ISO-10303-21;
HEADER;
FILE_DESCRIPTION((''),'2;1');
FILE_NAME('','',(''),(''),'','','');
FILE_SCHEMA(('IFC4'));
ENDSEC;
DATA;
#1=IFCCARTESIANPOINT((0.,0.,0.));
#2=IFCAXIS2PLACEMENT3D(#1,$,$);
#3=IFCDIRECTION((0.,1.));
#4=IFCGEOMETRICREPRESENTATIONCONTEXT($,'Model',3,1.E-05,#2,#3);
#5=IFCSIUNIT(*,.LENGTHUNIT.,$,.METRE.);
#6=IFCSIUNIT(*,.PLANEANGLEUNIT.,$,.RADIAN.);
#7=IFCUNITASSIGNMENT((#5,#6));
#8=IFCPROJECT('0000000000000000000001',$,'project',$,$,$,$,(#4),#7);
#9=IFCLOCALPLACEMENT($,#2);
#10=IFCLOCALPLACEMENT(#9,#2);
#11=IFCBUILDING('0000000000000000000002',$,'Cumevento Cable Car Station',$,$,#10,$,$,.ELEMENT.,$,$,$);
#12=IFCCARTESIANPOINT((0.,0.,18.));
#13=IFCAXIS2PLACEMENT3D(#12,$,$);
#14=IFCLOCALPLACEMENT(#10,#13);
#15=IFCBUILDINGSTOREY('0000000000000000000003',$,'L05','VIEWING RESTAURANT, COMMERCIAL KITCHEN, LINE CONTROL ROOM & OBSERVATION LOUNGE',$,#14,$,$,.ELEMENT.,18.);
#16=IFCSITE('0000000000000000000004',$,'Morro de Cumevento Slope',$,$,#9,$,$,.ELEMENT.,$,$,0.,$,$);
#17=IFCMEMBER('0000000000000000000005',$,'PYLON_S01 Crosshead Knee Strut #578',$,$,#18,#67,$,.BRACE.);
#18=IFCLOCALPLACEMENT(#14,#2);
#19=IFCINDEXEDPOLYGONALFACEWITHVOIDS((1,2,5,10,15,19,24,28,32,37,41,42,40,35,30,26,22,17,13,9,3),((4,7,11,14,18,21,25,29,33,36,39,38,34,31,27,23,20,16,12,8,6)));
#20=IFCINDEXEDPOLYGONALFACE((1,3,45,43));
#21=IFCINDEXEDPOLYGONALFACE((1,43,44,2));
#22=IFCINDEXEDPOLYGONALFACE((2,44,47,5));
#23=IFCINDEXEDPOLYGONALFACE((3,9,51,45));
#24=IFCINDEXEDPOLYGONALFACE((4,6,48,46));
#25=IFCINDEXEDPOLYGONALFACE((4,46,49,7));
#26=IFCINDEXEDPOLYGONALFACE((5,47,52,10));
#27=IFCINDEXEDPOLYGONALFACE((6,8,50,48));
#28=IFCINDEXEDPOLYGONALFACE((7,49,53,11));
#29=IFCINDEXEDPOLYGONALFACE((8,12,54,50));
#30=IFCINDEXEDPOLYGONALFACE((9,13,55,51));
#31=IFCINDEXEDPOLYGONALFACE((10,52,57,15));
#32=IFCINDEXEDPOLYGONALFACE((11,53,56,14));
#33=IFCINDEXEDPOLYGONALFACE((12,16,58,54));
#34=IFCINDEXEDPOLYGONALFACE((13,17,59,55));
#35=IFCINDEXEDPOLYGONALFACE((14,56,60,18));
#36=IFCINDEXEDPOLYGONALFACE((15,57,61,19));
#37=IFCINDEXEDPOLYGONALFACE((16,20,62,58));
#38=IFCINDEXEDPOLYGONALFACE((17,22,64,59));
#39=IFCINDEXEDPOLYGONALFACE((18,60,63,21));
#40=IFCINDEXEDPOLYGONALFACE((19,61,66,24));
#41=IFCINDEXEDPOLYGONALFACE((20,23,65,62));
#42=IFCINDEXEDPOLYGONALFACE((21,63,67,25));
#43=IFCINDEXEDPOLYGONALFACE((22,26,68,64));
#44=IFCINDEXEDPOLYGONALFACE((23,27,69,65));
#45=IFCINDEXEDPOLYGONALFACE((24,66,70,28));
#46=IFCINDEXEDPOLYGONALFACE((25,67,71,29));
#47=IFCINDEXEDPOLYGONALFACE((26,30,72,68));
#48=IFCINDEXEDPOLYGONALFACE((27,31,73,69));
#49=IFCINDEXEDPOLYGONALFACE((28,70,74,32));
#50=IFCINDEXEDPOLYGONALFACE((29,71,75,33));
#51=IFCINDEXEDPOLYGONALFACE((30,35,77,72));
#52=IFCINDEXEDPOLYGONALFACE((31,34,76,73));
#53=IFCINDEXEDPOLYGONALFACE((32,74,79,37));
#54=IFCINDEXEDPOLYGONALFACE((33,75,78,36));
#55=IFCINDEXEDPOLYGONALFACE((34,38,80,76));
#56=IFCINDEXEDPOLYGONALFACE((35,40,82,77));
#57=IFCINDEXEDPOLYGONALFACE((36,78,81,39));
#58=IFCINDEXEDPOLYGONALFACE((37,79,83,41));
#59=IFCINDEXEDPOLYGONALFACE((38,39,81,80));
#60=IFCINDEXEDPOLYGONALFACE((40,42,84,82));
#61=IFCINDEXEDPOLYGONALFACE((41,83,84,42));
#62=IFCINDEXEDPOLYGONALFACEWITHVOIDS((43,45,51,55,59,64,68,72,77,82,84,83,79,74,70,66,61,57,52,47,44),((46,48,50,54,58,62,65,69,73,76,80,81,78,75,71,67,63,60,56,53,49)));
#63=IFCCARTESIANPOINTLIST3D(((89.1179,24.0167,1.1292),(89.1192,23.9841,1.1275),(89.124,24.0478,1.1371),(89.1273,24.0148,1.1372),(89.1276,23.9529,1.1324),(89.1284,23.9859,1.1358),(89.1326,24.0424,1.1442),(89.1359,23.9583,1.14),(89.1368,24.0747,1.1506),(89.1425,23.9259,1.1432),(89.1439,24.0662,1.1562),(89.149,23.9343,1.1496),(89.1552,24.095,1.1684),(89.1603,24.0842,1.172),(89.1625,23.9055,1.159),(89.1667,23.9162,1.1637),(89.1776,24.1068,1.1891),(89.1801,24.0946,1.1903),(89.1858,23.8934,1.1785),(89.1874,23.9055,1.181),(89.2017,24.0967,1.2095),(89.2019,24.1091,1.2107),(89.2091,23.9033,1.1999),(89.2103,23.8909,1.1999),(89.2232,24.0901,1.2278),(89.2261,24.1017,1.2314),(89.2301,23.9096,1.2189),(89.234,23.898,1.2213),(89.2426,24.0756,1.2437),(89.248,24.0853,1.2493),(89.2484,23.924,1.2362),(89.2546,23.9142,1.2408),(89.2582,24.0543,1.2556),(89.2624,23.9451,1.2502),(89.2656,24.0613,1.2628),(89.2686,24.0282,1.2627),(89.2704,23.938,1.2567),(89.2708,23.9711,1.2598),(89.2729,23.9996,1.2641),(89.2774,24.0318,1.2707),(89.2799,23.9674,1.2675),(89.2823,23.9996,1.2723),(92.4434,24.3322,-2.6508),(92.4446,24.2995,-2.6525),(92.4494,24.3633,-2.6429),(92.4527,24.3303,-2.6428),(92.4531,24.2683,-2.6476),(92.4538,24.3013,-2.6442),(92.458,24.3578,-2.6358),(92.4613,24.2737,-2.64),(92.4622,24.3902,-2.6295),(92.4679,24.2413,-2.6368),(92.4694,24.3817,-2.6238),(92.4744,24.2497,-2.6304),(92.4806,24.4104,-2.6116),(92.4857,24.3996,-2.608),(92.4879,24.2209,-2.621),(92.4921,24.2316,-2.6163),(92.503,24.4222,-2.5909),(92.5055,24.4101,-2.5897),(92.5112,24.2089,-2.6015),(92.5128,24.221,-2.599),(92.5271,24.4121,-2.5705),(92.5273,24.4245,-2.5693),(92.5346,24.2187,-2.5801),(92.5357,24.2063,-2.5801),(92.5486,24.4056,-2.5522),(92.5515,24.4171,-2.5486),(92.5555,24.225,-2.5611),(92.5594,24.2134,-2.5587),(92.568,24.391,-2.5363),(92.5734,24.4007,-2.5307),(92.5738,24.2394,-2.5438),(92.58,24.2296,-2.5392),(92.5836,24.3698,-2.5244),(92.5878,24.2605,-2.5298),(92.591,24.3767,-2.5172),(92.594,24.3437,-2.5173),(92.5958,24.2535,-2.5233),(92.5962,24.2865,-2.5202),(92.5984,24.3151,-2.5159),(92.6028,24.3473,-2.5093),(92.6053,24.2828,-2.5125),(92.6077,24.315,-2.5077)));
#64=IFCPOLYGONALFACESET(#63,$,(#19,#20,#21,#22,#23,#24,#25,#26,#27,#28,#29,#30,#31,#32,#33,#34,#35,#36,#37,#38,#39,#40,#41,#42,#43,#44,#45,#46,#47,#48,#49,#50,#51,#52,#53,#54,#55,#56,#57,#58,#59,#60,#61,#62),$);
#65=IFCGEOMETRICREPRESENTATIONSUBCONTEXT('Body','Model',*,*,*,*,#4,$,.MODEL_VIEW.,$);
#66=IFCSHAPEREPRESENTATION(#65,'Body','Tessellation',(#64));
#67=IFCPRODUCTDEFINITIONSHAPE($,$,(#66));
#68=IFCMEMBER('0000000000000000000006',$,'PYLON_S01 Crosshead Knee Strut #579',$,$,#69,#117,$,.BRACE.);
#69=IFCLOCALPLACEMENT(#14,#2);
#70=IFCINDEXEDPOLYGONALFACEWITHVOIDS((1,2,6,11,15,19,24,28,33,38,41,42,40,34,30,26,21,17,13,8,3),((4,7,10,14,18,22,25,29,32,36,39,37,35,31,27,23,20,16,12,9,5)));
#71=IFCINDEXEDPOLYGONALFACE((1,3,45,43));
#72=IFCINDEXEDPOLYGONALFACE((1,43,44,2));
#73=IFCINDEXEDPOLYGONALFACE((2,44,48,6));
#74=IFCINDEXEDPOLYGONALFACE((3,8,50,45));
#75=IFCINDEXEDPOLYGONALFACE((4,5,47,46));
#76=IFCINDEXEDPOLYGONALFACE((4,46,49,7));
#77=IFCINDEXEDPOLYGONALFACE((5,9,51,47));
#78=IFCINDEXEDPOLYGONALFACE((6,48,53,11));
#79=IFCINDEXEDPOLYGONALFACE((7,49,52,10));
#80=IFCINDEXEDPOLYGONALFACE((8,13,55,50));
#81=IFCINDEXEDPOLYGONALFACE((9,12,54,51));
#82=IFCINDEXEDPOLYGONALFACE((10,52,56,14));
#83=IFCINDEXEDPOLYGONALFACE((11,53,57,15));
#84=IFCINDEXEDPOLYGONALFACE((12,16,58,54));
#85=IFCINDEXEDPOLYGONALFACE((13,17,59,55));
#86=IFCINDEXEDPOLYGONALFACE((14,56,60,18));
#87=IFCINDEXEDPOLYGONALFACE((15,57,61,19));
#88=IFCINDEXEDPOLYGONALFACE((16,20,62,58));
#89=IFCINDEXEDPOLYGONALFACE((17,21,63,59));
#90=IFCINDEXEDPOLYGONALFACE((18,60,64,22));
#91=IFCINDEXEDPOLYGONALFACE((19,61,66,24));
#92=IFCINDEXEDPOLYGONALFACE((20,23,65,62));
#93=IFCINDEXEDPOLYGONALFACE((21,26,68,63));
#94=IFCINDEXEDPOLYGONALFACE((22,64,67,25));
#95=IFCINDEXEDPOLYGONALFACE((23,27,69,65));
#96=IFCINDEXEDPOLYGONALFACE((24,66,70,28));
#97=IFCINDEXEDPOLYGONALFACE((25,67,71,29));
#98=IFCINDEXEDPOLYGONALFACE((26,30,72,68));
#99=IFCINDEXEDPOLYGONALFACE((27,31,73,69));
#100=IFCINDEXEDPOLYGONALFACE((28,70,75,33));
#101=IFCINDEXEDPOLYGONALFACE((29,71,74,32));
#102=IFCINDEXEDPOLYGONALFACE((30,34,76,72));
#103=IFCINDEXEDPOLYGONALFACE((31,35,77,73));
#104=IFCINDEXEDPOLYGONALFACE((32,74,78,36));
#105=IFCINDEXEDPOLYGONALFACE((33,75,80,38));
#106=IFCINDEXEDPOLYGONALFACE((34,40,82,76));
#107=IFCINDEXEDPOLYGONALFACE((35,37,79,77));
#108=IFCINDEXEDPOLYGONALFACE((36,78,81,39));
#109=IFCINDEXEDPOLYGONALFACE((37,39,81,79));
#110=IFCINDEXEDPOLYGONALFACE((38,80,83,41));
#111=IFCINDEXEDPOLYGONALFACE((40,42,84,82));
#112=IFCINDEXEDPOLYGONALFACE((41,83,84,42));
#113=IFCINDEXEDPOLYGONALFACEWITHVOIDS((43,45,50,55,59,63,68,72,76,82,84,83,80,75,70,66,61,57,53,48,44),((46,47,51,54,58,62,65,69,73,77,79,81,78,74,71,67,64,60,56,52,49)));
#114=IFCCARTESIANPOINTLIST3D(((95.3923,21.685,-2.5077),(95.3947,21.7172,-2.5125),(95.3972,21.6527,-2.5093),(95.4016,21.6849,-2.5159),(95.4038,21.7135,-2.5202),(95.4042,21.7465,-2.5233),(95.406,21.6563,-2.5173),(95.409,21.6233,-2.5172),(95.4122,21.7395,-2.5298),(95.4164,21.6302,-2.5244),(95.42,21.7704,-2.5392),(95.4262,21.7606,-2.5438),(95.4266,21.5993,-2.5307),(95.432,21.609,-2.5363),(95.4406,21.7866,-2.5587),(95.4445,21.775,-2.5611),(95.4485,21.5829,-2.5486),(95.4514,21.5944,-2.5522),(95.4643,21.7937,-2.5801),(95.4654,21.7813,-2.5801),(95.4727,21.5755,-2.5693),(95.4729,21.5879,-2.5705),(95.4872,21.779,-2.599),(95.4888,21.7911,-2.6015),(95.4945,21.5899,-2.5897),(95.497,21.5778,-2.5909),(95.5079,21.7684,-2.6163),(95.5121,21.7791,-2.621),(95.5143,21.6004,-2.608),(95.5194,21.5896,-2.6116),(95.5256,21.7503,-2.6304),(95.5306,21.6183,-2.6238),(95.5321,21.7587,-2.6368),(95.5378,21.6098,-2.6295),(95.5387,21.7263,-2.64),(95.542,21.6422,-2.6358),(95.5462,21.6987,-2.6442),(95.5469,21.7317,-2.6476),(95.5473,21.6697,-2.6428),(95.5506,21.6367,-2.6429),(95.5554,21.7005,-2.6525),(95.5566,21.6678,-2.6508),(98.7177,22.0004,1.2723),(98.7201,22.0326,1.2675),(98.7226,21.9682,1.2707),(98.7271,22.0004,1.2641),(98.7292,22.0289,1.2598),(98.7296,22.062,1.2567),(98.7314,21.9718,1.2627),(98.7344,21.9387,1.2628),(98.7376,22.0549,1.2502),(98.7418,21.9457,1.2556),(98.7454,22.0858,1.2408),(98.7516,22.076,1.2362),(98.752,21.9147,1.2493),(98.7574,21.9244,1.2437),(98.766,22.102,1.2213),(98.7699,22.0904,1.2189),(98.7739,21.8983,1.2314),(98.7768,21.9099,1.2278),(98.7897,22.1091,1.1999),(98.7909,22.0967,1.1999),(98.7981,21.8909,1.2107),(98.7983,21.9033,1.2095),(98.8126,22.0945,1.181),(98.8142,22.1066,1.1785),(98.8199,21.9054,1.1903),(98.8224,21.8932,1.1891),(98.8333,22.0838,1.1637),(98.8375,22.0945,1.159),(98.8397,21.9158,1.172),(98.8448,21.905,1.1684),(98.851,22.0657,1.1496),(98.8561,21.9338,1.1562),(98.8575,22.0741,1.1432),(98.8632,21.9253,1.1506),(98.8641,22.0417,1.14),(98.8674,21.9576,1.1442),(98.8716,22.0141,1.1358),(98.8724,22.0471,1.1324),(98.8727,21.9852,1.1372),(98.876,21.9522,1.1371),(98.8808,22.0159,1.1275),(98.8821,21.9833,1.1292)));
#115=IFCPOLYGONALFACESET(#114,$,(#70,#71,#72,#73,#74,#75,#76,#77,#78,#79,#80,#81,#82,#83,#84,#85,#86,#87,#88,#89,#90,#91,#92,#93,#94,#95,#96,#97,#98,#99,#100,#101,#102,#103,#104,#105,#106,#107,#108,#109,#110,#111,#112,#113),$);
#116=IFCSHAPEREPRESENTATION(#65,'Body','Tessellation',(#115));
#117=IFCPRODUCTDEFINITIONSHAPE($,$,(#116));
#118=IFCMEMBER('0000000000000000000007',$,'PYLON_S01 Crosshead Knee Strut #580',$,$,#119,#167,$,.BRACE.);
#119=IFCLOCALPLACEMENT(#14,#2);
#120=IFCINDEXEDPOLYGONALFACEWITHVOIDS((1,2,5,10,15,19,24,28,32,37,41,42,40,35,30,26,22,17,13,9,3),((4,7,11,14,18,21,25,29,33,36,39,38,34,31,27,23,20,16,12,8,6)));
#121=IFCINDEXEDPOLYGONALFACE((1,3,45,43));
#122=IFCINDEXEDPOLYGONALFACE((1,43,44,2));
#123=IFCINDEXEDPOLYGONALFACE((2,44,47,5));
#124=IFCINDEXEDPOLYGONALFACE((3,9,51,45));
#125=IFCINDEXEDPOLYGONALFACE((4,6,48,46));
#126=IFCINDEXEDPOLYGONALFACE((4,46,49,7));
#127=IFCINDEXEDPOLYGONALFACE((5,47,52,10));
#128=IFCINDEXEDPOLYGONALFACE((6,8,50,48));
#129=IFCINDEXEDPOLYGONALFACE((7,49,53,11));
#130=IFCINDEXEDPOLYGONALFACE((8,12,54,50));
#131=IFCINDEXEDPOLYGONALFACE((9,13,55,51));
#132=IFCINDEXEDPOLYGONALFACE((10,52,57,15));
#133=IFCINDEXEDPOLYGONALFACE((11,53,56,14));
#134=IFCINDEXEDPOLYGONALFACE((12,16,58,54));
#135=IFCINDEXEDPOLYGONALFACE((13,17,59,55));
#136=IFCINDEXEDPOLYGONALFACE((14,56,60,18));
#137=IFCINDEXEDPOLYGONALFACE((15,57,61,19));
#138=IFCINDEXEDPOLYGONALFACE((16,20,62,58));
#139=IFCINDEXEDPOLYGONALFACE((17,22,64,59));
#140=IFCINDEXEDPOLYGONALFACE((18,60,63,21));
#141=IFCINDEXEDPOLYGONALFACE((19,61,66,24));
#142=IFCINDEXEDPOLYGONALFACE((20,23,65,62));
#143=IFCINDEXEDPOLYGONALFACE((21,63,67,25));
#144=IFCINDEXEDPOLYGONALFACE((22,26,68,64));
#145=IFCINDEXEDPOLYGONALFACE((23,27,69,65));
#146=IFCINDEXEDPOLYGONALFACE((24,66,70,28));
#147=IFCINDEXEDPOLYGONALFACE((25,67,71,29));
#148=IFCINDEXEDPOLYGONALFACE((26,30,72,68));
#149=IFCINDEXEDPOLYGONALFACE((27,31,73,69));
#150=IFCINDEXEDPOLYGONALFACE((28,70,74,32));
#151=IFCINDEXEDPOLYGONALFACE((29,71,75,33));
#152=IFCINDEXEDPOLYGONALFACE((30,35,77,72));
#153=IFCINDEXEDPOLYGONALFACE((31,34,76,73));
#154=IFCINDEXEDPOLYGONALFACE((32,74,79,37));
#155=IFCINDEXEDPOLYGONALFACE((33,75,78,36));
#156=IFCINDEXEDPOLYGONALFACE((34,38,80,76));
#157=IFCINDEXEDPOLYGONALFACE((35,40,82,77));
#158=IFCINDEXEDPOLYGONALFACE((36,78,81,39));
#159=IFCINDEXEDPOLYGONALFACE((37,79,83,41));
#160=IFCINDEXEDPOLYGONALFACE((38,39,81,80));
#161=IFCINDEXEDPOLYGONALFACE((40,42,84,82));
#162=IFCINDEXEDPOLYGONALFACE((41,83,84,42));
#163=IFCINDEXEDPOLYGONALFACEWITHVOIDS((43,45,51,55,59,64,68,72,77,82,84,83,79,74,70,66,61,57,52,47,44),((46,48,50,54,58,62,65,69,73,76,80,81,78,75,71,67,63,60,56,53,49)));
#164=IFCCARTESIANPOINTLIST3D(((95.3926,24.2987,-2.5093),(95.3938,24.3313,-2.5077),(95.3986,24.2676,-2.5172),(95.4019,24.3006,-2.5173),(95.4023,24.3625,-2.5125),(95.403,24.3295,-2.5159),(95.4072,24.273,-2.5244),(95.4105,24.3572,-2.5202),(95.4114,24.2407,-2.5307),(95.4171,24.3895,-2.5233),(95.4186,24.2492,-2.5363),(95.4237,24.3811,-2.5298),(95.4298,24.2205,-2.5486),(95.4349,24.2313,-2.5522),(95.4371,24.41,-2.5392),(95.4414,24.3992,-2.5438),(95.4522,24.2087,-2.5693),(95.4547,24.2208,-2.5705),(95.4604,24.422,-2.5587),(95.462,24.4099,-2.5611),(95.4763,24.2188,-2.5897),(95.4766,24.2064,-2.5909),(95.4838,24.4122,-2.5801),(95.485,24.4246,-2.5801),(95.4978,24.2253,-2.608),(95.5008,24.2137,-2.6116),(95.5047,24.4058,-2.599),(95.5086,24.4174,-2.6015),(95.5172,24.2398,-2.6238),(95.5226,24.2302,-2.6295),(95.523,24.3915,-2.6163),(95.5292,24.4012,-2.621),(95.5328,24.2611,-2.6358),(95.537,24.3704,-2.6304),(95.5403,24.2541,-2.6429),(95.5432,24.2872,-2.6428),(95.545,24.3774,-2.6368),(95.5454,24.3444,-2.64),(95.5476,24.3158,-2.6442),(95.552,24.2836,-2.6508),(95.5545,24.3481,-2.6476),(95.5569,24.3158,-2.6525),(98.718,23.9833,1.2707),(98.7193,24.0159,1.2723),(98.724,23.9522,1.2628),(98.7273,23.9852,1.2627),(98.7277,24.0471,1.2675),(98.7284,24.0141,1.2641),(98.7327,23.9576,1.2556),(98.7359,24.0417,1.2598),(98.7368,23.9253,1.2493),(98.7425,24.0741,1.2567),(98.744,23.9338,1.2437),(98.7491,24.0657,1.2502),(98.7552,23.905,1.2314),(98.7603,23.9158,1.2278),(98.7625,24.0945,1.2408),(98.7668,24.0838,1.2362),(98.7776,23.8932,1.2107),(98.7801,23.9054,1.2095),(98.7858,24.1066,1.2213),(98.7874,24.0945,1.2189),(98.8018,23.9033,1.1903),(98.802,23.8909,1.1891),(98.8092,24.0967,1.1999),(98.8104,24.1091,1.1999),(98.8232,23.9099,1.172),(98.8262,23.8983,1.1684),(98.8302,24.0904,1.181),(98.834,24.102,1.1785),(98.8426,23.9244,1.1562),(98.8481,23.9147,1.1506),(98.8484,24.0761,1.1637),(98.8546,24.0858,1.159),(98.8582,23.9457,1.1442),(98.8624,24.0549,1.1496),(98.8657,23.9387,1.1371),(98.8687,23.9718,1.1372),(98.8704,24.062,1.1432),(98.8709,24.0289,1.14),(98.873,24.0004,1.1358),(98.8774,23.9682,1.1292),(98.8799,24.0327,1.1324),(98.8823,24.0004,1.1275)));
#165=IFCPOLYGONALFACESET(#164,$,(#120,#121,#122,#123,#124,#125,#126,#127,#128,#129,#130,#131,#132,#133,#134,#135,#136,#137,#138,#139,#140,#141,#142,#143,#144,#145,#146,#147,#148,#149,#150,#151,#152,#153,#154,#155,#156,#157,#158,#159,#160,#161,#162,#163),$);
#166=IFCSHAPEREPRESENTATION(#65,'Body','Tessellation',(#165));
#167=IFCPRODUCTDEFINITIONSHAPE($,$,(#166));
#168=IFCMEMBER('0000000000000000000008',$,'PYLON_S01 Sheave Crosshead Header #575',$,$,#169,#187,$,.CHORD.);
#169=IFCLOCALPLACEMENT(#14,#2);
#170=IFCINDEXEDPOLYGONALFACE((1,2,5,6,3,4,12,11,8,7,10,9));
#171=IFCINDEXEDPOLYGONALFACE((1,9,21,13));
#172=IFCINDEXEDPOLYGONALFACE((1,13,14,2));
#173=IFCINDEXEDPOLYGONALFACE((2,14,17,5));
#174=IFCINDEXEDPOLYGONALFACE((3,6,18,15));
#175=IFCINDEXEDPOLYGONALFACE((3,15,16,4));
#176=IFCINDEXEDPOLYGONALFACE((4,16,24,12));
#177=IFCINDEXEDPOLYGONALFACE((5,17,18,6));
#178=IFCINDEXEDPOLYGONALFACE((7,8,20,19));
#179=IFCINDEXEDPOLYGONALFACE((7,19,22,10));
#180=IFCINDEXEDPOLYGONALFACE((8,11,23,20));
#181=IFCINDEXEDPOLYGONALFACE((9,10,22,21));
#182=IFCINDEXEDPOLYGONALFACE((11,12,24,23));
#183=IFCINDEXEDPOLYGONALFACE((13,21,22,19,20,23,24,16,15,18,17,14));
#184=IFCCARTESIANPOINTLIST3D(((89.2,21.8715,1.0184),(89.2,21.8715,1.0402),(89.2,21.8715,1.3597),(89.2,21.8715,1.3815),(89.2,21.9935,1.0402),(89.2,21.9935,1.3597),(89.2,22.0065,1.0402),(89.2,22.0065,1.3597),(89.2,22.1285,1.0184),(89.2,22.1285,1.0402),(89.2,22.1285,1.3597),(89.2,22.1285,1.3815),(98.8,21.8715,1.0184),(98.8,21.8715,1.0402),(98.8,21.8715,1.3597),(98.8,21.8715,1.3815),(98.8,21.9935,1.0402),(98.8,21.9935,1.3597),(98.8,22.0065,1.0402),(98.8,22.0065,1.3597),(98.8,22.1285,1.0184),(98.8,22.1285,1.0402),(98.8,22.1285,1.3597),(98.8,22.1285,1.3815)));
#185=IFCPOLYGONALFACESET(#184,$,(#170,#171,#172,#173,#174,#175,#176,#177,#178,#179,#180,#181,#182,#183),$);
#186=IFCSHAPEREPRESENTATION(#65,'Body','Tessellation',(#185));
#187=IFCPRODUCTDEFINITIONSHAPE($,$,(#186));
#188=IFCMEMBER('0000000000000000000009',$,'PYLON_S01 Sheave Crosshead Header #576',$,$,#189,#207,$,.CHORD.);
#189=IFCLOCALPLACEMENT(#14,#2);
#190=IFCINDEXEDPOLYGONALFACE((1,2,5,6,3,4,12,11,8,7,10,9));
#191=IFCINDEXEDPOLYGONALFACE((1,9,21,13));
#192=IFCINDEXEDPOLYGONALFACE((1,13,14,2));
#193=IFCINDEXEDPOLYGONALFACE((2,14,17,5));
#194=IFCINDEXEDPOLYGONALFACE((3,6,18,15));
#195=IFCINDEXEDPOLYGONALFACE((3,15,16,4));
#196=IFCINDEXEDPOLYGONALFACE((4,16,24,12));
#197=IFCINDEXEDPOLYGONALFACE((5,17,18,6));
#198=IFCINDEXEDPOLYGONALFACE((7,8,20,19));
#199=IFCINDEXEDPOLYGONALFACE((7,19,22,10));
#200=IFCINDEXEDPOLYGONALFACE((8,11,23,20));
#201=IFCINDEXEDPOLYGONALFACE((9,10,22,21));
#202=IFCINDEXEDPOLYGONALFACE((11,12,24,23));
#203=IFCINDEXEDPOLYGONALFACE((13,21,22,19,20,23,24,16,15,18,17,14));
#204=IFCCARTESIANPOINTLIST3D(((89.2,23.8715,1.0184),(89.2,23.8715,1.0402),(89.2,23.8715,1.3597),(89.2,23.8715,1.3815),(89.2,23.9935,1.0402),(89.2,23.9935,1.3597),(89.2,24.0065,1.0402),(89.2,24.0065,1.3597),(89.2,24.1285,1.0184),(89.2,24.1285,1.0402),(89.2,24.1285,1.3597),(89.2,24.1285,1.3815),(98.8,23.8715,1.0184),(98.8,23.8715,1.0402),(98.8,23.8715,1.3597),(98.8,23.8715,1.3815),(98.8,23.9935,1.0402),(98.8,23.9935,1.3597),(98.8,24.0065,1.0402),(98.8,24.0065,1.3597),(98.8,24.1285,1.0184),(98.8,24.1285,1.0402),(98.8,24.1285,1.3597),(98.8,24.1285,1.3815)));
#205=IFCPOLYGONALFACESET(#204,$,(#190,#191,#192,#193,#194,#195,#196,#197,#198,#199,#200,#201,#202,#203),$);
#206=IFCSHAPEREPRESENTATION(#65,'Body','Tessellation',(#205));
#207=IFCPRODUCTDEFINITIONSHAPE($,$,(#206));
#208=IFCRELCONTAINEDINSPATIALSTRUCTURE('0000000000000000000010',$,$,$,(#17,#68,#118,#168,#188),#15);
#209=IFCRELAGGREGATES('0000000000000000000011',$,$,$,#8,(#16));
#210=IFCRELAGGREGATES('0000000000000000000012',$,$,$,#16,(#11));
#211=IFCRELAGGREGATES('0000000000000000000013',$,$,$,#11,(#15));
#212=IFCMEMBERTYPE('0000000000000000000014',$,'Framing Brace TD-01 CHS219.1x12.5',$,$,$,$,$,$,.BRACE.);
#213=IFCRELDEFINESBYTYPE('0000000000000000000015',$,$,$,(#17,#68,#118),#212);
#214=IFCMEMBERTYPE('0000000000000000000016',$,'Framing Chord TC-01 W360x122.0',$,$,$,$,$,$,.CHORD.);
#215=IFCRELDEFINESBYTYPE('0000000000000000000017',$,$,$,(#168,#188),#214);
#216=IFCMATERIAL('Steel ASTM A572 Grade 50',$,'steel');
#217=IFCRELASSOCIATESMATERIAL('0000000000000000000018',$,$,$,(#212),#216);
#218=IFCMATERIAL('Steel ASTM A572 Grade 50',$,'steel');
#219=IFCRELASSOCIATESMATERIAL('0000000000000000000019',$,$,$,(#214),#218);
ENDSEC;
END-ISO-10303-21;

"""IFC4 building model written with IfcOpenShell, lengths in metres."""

from ifc_helpers import new_model, si_unit, direction, frame, origin, origin_2d, place, context, subcontext, project, spatial, hollow_circle, i_section, extrude, material, material_profile, profile_set, type_object, element, save


model = new_model("IFC4")

# Units and contexts
model_context = context("Model", 3, precision=1e-05, world=origin(), true_north=direction((0.0, 1.0)))
body_context = subcontext(model_context, "Body", "Model", "MODEL_VIEW")
ifc_project = project(units=[si_unit("LENGTHUNIT", "METRE"), si_unit("PLANEANGLEUNIT", "RADIAN")], contexts=[model_context])

# Site, building, storey
site_placement = place(None, origin())
site = spatial("IfcSite", under=ifc_project, at=site_placement, Name="Morro de Cumevento Slope", CompositionType="ELEMENT", RefElevation=0.0)
building_placement = place(site_placement, origin())
building = spatial("IfcBuilding", under=site, at=building_placement, Name="Cumevento Cable Car Station", CompositionType="ELEMENT")
storey_placement = place(building_placement, frame((0.0, 0.0, 18.0)))
storey = spatial("IfcBuildingStorey", under=building, at=storey_placement, Name="L05", Description="VIEWING RESTAURANT, COMMERCIAL KITCHEN, LINE CONTROL ROOM & OBSERVATION LOUNGE", CompositionType="ELEMENT", Elevation=18.0)

# Members
ifc_material_1 = material(Name="Steel ASTM A572 Grade 50", Category="steel")
ifc_material_profile_1 = material_profile(ifc_material_1, hollow_circle(Radius=0.1096, WallThickness=0.0125, at=origin_2d()), Name="CHS219.1x12.5")
ifc_profile_set_1 = profile_set([ifc_material_profile_1], Name="Steel ASTM A572 Grade 50")
member_type_1 = type_object("IfcMemberType", Name="Framing Brace TD-01 CHS219.1x12.5", PredefinedType="BRACE", material=ifc_profile_set_1)
for number, where, z_axis, x_axis, name in (
    (1, (92.5254, 24.3154, -2.5801), (-0.659225, -0.06253, 0.749341), (0.09443, -0.995532, 0.0), "PYLON_S01 Crosshead Knee Strut #578"),
    (2, (95.4746, 21.6846, -2.5801), (0.659225, 0.06253, 0.749341), (-0.09443, 0.995532, 0.0), "PYLON_S01 Crosshead Knee Strut #579"),
    (3, (95.4746, 24.3154, -2.5801), (0.659225, -0.06253, 0.749341), (0.09443, 0.995532, 0.0), "PYLON_S01 Crosshead Knee Strut #580"),
):
    element("IfcMember", number, at=place(storey_placement, frame(where, z_axis=z_axis, x_axis=x_axis)), inside=storey, type_object=member_type_1, Name=name, PredefinedType="BRACE", context=body_context, shape_type="SweptSolid", body=[
        extrude(hollow_circle(Radius=0.1096, WallThickness=0.0125, at=origin_2d()), origin(), (0.0, 0.0, 1.0), 5.0444),
    ])
ifc_material_2 = material(Name="Steel ASTM A572 Grade 50", Category="steel")
ifc_material_profile_2 = material_profile(ifc_material_2, i_section(OverallWidth=0.2571, OverallDepth=0.363, WebThickness=0.0129, FlangeThickness=0.0217, at=origin_2d()), Name="W360x122.0")
ifc_profile_set_2 = profile_set([ifc_material_profile_2], Name="Steel ASTM A572 Grade 50")
member_type_2 = type_object("IfcMemberType", Name="Framing Chord TC-01 W360x122.0", PredefinedType="CHORD", material=ifc_profile_set_2)
for number, where, z_axis, x_axis, name in (
    (4, (89.2, 22.0, 1.2), (1.0, 0.0, 0.0), (0.0, 1.0, 0.0), "PYLON_S01 Sheave Crosshead Header #575"),
    (5, (89.2, 24.0, 1.2), (1.0, 0.0, 0.0), (0.0, 1.0, 0.0), "PYLON_S01 Sheave Crosshead Header #576"),
):
    element("IfcMember", number, at=place(storey_placement, frame(where, z_axis=z_axis, x_axis=x_axis)), inside=storey, type_object=member_type_2, Name=name, PredefinedType="CHORD", context=body_context, shape_type="SweptSolid", body=[
        extrude(i_section(OverallWidth=0.2571, OverallDepth=0.363, WebThickness=0.0129, FlangeThickness=0.0217, at=origin_2d()), origin(), (0.0, 0.0, 1.0), 9.6001),
    ])

save(model, "model.ifc")
